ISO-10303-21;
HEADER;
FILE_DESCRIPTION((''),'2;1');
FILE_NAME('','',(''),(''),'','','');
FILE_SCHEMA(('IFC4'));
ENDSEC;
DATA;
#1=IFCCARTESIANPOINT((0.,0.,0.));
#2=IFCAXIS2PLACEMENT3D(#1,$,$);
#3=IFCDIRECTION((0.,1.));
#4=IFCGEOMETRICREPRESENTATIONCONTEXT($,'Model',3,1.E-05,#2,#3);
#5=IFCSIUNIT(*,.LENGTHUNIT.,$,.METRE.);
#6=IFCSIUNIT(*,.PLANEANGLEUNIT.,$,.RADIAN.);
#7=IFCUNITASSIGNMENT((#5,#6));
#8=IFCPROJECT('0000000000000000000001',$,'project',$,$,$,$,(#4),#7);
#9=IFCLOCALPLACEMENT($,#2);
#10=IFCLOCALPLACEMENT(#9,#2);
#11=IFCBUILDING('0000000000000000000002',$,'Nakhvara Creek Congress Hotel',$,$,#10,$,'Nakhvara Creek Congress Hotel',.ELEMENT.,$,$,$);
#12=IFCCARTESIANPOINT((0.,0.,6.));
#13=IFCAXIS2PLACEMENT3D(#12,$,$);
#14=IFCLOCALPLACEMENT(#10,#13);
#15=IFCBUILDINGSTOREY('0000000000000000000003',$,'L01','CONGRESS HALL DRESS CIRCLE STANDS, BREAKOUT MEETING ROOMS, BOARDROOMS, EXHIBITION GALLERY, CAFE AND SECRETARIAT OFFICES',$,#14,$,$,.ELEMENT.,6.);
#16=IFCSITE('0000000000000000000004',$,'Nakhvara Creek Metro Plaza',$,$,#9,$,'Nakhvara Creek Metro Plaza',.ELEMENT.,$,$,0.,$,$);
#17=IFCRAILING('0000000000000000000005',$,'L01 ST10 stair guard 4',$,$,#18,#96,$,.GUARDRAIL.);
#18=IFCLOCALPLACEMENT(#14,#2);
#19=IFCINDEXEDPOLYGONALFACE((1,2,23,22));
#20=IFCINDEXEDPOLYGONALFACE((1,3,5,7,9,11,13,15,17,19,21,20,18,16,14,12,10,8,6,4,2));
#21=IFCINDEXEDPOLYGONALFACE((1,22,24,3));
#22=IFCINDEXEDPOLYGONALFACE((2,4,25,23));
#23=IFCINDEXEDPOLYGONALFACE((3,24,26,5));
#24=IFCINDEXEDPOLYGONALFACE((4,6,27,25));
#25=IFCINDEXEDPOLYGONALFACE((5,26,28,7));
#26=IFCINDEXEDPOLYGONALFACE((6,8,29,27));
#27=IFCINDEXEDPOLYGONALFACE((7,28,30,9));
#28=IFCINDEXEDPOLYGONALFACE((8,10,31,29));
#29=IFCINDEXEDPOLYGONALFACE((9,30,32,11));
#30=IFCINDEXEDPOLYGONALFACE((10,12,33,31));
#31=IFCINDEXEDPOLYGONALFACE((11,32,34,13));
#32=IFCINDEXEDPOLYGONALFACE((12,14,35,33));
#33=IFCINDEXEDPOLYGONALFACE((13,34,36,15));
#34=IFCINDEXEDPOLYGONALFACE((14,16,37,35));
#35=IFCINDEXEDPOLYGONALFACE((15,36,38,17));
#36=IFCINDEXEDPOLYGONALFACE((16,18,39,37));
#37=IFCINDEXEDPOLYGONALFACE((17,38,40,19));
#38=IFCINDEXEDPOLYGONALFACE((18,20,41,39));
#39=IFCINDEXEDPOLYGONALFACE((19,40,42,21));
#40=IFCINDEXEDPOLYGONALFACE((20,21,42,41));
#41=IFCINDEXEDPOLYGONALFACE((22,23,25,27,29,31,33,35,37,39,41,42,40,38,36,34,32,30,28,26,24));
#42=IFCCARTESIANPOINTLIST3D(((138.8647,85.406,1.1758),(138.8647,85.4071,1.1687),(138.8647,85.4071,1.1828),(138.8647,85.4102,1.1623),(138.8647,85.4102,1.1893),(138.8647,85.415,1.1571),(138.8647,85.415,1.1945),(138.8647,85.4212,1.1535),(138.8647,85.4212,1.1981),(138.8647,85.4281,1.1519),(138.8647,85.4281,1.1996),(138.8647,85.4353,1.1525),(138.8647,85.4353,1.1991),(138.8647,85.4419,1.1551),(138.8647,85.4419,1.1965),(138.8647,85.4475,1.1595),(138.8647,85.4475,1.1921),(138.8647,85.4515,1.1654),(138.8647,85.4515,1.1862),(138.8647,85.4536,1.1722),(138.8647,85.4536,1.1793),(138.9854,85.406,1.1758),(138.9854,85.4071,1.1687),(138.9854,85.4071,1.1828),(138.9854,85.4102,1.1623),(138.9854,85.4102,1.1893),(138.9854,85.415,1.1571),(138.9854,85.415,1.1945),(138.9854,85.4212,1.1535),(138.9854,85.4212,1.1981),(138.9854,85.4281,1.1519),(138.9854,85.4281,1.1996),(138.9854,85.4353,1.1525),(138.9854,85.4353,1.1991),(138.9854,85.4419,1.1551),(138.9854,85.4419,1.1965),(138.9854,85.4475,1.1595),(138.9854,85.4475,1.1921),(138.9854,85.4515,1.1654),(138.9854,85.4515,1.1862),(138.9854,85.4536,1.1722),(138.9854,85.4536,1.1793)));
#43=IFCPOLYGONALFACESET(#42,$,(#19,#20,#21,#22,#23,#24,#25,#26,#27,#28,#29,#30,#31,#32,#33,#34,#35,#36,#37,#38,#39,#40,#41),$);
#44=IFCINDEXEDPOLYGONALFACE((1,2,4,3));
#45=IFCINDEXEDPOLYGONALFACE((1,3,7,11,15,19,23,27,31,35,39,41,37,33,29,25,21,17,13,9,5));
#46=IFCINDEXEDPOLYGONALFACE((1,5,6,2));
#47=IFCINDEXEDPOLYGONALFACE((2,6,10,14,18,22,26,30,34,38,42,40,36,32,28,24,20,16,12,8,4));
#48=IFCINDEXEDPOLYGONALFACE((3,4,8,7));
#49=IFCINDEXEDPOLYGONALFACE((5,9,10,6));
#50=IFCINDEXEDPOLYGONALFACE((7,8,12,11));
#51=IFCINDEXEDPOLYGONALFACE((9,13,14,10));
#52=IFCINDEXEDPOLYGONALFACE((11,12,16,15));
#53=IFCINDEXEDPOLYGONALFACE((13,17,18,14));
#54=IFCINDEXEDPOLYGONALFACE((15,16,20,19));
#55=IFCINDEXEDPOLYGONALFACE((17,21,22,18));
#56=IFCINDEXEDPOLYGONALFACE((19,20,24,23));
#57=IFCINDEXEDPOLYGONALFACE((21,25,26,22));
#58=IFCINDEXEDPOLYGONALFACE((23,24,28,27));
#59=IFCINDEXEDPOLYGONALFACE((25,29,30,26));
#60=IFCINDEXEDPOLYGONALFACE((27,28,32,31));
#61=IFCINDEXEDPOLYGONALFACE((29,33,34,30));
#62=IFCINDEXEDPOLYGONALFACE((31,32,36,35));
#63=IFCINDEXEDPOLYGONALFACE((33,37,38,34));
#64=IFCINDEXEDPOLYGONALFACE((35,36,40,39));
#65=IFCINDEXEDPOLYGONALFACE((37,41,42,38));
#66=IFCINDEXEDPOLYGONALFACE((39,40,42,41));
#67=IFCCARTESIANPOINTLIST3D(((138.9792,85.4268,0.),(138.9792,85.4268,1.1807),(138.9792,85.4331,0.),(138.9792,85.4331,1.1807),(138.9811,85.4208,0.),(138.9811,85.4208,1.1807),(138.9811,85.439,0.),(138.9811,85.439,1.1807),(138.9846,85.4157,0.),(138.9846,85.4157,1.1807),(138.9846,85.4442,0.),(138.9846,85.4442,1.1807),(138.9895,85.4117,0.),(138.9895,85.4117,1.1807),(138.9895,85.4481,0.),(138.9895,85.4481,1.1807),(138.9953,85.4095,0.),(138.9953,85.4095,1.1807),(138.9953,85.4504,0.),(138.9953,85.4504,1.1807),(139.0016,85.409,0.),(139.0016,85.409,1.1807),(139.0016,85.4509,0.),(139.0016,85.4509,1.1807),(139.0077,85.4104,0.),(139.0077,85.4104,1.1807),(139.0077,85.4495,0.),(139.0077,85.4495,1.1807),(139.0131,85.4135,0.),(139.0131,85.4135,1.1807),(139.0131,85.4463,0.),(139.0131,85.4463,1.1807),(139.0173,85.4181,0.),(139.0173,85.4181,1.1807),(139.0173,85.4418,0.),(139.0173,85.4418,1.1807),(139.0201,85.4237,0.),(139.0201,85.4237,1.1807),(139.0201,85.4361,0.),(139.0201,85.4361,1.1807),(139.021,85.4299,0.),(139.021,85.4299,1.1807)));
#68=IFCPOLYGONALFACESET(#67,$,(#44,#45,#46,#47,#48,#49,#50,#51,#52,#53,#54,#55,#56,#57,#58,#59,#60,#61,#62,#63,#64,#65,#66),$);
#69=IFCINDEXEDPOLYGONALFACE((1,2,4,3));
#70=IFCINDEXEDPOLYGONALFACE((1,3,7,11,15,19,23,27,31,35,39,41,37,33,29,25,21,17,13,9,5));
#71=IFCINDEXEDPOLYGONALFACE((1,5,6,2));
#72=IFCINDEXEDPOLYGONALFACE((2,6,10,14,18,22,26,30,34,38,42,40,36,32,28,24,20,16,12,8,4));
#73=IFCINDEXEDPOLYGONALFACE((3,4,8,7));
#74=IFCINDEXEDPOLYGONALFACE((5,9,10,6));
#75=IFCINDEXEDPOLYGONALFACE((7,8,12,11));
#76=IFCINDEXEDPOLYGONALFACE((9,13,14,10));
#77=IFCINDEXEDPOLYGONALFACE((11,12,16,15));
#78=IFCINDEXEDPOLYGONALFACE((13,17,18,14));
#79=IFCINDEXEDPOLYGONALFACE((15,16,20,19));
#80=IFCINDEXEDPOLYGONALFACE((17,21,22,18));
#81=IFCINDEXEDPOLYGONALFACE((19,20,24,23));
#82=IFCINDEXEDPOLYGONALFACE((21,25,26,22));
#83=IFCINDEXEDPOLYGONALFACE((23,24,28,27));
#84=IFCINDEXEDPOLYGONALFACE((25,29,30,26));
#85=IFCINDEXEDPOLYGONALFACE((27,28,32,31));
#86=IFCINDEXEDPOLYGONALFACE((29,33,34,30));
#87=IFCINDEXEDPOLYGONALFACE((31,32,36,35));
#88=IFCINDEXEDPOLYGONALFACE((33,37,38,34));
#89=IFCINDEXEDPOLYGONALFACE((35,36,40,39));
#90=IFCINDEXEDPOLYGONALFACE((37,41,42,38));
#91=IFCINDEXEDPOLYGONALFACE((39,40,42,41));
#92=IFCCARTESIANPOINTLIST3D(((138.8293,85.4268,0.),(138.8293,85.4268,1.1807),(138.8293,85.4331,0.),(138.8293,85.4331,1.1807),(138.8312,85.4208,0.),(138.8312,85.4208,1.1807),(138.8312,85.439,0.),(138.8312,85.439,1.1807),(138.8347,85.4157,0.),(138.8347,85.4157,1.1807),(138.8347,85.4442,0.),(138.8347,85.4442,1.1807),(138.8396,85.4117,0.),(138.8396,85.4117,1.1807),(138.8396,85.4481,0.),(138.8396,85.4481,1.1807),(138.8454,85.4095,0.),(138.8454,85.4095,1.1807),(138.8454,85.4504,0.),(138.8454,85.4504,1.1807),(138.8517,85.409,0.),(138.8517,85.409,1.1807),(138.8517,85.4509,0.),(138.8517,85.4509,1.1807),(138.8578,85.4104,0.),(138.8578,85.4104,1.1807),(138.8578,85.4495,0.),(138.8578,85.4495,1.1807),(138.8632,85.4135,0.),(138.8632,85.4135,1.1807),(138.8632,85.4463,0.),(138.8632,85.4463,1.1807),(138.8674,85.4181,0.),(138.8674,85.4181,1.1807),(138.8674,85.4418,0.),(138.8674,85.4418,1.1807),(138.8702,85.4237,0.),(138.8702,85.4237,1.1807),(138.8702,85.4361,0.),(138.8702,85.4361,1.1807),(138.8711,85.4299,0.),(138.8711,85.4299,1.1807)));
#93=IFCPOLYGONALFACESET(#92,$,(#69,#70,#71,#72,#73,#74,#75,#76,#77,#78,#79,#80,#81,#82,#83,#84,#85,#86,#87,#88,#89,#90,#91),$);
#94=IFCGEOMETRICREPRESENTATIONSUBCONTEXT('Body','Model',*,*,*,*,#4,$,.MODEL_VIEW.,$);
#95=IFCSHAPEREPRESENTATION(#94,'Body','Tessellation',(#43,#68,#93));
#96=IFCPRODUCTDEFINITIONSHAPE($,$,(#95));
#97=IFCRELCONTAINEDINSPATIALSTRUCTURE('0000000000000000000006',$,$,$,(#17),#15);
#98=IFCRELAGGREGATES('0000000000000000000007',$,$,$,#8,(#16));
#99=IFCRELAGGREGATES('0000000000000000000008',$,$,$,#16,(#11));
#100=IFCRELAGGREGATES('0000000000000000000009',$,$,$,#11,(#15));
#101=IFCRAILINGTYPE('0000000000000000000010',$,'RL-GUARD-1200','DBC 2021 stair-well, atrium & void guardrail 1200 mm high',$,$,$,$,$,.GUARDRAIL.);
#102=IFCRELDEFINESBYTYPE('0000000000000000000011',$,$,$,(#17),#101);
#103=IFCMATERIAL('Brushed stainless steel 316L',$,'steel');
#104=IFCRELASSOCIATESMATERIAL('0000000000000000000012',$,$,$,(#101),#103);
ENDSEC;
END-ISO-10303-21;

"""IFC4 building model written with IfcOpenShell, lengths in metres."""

from ifc_helpers import new_model, si_unit, direction, frame, origin, origin_2d, place, context, subcontext, project, spatial, circle, extrude, material, type_object, element, save


model = new_model("IFC4")

# Units and contexts
model_context = context("Model", 3, precision=1e-05, world=origin(), true_north=direction((0.0, 1.0)))
body_context = subcontext(model_context, "Body", "Model", "MODEL_VIEW")
ifc_project = project(units=[si_unit("LENGTHUNIT", "METRE"), si_unit("PLANEANGLEUNIT", "RADIAN")], contexts=[model_context])

# Site, building, storey
site_placement = place(None, origin())
site = spatial("IfcSite", under=ifc_project, at=site_placement, Name="Nakhvara Creek Metro Plaza", LongName="Nakhvara Creek Metro Plaza", CompositionType="ELEMENT", RefElevation=0.0)
building_placement = place(site_placement, origin())
building = spatial("IfcBuilding", under=site, at=building_placement, Name="Nakhvara Creek Congress Hotel", LongName="Nakhvara Creek Congress Hotel", CompositionType="ELEMENT")
storey_placement = place(building_placement, frame((0.0, 0.0, 6.0)))
storey = spatial("IfcBuildingStorey", under=building, at=storey_placement, Name="L01", Description="CONGRESS HALL DRESS CIRCLE STANDS, BREAKOUT MEETING ROOMS, BOARDROOMS, EXHIBITION GALLERY, CAFE AND SECRETARIAT OFFICES", CompositionType="ELEMENT", Elevation=6.0)

# Railing
ifc_material_1 = material(Name="Brushed stainless steel 316L", Category="steel")
railing_type_1 = type_object("IfcRailingType", Name="RL-GUARD-1200", Description="DBC 2021 stair-well, atrium & void guardrail 1200 mm high", PredefinedType="GUARDRAIL", material=ifc_material_1)
railing_1_placement = place(storey_placement, frame((139.0, 85.4299, 0.0)))
element("IfcRailing", 1, at=railing_1_placement, inside=storey, type_object=railing_type_1, Name="L01 ST10 stair guard 4", PredefinedType="GUARDRAIL", context=body_context, shape_type="SweptSolid", body=[
    extrude(circle(Radius=0.0239, at=origin_2d()), frame((-0.0146, 0.0, 1.1758), z_axis=(-1.0, 0.0, 0.0), x_axis=(0.0, -1.0, 0.0)), (0.0, 0.0, 1.0), 0.1206),
    extrude(circle(Radius=0.021, at=origin_2d()), origin(), (0.0, 0.0, 1.0), 1.1807),
    extrude(circle(Radius=0.021, at=origin_2d()), frame((-0.1499, 0.0, 0.0)), (0.0, 0.0, 1.0), 1.1807),
])

save(model, "model.ifc")
